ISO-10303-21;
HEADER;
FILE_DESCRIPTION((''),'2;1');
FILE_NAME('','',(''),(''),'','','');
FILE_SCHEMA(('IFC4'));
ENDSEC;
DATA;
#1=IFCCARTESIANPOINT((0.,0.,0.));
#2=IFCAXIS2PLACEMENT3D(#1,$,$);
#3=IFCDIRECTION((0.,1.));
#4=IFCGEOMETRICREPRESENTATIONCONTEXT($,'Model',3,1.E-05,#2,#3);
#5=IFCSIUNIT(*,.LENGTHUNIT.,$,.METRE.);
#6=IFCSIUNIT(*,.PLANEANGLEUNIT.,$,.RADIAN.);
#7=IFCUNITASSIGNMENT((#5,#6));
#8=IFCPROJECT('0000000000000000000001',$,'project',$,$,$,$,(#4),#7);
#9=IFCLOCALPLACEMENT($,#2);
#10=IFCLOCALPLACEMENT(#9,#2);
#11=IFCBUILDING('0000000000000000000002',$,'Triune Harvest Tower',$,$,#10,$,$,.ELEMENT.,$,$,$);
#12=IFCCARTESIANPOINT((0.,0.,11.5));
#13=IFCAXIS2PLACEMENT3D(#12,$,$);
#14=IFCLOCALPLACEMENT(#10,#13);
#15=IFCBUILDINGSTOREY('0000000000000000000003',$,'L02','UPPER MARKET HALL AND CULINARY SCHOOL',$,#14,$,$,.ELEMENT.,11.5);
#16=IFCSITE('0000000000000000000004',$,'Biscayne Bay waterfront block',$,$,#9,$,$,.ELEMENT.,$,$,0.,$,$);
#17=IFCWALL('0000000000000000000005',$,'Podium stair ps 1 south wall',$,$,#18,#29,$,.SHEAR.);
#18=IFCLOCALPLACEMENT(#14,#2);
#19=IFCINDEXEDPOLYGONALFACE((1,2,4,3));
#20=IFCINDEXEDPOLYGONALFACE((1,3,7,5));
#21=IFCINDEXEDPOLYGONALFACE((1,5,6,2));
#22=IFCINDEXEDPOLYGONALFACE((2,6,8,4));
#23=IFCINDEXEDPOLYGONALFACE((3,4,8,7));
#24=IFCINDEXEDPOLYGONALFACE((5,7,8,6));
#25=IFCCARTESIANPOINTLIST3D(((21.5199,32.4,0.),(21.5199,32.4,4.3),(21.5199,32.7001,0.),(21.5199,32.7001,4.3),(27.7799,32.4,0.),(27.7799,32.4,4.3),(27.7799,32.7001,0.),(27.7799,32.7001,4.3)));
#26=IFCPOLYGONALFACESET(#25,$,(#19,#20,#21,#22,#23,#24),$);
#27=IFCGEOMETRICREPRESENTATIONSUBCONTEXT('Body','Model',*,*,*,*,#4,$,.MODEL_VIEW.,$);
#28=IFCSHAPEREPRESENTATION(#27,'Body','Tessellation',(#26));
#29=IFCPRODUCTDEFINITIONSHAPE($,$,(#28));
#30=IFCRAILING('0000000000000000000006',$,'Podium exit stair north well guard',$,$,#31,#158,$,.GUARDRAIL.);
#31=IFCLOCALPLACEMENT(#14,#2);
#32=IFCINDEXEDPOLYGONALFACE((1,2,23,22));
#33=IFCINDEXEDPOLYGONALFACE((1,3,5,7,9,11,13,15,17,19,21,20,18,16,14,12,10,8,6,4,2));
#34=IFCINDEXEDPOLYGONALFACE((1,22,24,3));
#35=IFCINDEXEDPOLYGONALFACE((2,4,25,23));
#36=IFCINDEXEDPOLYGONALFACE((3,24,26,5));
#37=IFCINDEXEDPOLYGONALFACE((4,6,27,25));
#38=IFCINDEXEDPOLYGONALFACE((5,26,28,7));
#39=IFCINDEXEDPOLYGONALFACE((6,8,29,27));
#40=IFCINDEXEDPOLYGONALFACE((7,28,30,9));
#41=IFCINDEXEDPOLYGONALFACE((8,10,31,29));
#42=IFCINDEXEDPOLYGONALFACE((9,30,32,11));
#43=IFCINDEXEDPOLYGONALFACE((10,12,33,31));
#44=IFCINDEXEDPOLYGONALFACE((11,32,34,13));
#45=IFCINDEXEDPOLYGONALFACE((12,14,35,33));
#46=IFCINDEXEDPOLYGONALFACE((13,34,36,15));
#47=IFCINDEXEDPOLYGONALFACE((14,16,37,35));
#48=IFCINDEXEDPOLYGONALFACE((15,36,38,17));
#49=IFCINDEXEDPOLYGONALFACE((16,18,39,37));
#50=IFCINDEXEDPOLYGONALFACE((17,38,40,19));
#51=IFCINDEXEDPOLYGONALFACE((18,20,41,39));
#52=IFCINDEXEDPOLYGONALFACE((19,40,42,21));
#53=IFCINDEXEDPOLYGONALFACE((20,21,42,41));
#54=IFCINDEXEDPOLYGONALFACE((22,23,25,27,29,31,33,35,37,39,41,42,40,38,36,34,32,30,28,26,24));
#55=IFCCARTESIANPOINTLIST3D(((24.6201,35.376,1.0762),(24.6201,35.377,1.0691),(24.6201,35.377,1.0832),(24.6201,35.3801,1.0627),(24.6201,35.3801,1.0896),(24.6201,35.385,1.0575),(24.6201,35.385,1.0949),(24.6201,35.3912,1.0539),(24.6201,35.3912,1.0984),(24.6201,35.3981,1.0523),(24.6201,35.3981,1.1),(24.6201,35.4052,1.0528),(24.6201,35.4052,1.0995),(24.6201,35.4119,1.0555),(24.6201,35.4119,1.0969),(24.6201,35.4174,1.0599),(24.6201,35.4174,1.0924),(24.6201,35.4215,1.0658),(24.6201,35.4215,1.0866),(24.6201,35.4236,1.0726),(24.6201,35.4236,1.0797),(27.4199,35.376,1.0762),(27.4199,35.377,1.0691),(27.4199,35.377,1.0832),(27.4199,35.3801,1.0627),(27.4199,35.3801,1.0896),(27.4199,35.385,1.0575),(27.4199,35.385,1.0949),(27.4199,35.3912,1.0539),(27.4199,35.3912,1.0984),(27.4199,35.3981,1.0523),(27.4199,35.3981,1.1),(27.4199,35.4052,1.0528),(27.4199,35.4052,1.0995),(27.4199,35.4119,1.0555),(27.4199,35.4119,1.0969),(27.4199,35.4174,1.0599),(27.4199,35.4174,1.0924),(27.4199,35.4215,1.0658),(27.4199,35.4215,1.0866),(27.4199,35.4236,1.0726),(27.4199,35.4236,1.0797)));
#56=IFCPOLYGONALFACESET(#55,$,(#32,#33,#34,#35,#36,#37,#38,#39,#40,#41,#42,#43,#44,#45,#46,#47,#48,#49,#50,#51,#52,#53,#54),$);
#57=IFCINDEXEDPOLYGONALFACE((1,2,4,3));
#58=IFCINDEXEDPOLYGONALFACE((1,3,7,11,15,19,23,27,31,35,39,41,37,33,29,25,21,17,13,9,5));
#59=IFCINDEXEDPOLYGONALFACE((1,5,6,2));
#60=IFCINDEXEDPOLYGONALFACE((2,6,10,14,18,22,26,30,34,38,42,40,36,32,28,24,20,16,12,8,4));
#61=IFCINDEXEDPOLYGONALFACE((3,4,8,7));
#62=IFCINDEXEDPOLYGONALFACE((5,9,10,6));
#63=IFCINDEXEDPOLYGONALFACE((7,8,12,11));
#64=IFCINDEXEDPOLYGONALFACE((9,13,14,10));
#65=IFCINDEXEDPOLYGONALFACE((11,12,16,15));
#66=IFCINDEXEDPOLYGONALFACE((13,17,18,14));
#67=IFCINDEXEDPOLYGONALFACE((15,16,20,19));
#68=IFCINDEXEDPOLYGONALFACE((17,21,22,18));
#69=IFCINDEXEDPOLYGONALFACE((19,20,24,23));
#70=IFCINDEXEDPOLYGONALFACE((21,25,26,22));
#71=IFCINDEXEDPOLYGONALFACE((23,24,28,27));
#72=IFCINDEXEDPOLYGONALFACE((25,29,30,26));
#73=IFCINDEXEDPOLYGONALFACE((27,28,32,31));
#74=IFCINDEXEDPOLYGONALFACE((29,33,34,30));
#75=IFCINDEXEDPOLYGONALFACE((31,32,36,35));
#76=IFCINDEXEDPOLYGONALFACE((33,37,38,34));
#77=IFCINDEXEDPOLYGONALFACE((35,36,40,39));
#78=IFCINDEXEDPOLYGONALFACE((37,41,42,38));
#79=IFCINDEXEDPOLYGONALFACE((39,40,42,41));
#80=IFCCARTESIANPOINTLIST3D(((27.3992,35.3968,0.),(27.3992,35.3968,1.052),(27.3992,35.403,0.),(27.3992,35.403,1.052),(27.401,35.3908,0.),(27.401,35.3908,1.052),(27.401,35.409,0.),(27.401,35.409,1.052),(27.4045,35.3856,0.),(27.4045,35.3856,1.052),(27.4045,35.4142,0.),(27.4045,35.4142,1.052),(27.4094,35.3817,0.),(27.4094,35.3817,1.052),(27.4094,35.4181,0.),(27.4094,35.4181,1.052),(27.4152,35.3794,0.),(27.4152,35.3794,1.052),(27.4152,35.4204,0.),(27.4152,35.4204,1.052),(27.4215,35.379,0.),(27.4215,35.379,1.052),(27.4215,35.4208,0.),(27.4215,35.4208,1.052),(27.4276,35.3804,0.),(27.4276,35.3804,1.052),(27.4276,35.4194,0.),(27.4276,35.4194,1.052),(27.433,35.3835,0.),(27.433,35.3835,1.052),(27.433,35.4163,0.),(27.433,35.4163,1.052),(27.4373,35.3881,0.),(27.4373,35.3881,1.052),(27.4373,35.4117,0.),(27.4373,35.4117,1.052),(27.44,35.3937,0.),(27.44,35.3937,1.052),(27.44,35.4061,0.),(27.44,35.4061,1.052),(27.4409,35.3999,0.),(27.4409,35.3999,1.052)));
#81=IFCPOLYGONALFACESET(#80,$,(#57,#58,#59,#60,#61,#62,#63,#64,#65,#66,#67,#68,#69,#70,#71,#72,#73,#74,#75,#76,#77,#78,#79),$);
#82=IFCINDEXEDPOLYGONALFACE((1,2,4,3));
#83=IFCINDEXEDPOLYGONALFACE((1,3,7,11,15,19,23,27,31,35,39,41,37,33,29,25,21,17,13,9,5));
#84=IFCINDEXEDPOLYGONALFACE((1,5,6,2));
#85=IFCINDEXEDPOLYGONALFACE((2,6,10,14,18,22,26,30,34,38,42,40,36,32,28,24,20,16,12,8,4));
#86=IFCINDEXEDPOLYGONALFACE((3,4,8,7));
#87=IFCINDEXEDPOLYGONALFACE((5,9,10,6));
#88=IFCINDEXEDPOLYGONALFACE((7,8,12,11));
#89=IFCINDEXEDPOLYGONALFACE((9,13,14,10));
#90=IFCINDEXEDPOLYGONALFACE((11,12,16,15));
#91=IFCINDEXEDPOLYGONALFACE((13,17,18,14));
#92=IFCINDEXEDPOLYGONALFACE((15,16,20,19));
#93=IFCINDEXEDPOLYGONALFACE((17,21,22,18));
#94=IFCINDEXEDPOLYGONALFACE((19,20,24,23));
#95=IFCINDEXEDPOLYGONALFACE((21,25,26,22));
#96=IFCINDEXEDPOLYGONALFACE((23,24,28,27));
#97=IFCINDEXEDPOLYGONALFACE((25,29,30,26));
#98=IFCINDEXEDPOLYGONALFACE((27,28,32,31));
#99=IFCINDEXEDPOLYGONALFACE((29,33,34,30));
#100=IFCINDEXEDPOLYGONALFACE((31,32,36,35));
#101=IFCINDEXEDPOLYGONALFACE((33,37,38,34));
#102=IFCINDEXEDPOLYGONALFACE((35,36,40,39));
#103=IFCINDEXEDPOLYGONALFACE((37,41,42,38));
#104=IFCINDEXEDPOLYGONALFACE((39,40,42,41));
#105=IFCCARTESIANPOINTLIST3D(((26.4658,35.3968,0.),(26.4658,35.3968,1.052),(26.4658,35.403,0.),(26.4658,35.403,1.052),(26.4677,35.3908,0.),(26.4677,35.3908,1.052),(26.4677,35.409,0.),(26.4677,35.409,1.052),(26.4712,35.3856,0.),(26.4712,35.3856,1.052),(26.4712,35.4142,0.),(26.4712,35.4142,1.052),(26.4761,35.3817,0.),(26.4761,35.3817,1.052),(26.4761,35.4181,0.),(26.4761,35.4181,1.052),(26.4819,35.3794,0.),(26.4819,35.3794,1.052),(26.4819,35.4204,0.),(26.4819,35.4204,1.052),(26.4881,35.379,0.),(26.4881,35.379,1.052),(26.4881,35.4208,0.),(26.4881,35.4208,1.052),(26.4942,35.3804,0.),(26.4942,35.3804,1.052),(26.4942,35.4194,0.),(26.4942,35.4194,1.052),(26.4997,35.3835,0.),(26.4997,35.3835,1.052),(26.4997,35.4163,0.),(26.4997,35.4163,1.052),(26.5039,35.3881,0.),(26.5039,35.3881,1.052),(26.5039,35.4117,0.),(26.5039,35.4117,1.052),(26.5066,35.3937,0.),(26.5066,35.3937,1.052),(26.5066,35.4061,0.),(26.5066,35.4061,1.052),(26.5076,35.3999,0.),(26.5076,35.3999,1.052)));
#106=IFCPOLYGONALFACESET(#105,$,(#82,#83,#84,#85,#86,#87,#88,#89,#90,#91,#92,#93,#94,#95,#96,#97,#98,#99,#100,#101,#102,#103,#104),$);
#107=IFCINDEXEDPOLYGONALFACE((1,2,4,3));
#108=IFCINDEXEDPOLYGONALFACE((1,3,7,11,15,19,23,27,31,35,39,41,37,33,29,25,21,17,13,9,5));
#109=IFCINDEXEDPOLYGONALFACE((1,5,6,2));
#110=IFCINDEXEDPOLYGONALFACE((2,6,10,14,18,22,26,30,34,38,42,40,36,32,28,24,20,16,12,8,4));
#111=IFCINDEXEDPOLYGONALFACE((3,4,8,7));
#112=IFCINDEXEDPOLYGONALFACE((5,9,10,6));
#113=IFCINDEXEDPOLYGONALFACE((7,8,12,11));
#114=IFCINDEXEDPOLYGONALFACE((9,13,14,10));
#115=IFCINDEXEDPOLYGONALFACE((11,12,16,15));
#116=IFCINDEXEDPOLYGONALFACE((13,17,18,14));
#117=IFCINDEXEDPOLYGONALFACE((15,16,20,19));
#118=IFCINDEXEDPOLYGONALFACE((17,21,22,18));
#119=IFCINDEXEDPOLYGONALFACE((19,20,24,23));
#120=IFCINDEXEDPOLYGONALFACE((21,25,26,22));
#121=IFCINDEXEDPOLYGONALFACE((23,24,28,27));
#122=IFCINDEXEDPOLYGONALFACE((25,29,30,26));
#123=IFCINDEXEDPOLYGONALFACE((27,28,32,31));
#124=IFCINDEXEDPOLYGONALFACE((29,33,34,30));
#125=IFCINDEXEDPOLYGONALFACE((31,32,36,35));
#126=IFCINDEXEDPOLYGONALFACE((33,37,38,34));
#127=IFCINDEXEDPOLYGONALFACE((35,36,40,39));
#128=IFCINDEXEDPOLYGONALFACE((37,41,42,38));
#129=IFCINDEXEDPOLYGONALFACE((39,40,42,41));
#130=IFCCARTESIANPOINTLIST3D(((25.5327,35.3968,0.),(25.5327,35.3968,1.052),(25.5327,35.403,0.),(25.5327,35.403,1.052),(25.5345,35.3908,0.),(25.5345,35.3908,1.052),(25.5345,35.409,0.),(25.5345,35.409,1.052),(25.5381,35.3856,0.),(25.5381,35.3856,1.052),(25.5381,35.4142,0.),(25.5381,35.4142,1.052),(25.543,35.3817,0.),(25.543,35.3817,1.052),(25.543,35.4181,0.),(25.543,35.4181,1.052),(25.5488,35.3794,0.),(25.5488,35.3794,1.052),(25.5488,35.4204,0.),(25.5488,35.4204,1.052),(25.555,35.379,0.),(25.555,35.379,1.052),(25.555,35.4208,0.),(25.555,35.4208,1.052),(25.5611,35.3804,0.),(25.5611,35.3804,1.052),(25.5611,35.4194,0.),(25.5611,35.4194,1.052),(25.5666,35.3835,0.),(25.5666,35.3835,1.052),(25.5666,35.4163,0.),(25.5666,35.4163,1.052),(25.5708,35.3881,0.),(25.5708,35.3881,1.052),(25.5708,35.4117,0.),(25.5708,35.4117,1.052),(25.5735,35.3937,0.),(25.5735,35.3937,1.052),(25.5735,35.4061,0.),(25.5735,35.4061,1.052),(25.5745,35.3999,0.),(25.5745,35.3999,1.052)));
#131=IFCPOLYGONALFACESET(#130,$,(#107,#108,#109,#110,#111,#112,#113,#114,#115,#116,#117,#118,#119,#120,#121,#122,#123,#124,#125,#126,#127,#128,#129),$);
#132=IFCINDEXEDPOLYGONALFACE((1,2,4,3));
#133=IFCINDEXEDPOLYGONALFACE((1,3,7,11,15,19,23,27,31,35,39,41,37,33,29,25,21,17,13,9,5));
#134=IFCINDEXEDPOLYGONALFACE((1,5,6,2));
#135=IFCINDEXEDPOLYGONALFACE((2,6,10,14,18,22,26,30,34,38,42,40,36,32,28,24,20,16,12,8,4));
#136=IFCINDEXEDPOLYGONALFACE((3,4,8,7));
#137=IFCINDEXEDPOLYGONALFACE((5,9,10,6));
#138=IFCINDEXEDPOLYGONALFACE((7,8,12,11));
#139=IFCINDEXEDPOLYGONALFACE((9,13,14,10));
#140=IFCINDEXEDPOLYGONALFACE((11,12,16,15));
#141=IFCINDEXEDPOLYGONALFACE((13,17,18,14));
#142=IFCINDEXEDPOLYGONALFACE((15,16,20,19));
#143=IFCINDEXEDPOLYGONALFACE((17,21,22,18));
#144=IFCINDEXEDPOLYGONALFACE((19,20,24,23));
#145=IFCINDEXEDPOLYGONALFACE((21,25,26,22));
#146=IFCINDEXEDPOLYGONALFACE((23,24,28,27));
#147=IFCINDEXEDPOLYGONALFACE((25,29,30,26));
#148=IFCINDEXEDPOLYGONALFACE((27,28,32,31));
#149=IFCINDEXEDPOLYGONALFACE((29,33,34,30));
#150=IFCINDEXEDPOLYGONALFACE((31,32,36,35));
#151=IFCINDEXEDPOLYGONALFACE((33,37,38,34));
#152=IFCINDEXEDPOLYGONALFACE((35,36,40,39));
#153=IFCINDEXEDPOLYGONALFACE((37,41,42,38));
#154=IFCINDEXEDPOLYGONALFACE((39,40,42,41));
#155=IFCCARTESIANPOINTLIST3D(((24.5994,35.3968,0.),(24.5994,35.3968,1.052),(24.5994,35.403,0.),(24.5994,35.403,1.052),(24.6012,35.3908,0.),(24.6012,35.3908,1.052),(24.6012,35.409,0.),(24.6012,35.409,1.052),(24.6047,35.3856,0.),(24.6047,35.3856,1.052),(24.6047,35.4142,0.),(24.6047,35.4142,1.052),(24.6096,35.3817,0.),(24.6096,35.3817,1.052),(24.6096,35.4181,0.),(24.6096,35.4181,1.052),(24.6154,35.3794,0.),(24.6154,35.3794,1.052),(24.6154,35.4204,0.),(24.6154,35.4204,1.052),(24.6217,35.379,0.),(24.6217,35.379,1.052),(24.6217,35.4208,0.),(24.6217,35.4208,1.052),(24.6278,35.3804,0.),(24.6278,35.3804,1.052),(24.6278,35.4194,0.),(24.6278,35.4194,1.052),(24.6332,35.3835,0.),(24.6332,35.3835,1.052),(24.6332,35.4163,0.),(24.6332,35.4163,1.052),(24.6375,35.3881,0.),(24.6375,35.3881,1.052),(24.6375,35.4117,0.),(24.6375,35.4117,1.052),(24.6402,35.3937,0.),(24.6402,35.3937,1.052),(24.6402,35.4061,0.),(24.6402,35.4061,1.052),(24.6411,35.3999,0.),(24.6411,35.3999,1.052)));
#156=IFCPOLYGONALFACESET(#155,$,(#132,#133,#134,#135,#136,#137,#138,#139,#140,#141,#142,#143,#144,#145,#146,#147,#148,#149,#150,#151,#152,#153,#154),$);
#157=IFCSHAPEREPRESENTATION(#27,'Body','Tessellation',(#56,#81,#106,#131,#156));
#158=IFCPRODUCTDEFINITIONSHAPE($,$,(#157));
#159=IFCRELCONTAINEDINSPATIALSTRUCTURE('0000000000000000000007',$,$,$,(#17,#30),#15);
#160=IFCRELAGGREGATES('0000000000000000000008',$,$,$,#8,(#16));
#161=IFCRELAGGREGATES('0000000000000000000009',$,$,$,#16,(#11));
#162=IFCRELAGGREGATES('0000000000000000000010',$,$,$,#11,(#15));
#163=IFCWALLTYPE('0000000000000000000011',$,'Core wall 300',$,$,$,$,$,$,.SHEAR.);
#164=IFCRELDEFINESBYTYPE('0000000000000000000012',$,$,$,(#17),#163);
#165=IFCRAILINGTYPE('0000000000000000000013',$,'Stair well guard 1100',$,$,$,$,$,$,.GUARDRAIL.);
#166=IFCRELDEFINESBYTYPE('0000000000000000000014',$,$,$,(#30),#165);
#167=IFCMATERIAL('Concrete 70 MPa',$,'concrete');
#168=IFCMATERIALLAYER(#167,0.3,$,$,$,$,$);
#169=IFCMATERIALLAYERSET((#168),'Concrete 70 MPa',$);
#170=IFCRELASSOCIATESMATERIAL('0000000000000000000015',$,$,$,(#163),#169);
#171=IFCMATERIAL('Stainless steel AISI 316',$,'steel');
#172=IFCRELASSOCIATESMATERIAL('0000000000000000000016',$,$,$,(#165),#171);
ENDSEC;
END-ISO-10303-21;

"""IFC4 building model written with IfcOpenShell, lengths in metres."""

from ifc_helpers import new_model, si_unit, direction, frame, frame_2d, origin, origin_2d, place, context, subcontext, project, spatial, rectangle, circle, extrude, source, transform, mapped, material, layer, layer_set, type_object, element, save


model = new_model("IFC4")

# Units and contexts
model_context = context("Model", 3, precision=1e-05, world=origin(), true_north=direction((0.0, 1.0)))
body_context = subcontext(model_context, "Body", "Model", "MODEL_VIEW")
ifc_project = project(units=[si_unit("LENGTHUNIT", "METRE"), si_unit("PLANEANGLEUNIT", "RADIAN")], contexts=[model_context])

# Site, building, storey
site_placement = place(None, origin())
site = spatial("IfcSite", under=ifc_project, at=site_placement, Name="Biscayne Bay waterfront block", CompositionType="ELEMENT", RefElevation=0.0)
building_placement = place(site_placement, origin())
building = spatial("IfcBuilding", under=site, at=building_placement, Name="Triune Harvest Tower", CompositionType="ELEMENT")
storey_placement = place(building_placement, frame((0.0, 0.0, 11.5)))
storey = spatial("IfcBuildingStorey", under=building, at=storey_placement, Name="L02", Description="UPPER MARKET HALL AND CULINARY SCHOOL", CompositionType="ELEMENT", Elevation=11.5)

# Shared definitions
ifc_material_1 = material(Name="Concrete 70 MPa", Category="concrete")
ifc_layer_1 = layer(ifc_material_1, 0.3)
ifc_layer_set_1 = layer_set([ifc_layer_1], Name="Concrete 70 MPa")
wall_type_1 = type_object("IfcWallType", Name="Core wall 300", PredefinedType="SHEAR", material=ifc_layer_set_1)

# Wall
shared_shape_1 = source(origin(), body_context, "Body", "SweptSolid", [
    extrude(rectangle(XDim=6.26, YDim=0.3, at=frame_2d((3.1299, 0.0))), origin(), (0.0, 0.0, 1.0), 4.3),
])
wall_1_placement = place(storey_placement, frame((21.52, 32.55, 0.0), z_axis=(0.0, 0.0, 1.0), x_axis=(1.0, 0.0, 0.0)))
element("IfcWall", 1, at=wall_1_placement, inside=storey, type_object=wall_type_1, Name="Podium stair ps 1 south wall", PredefinedType="SHEAR", context=body_context, shape_type="MappedRepresentation", body=[
    mapped(shared_shape_1, transform((0.0, 0.0, 0.0), scale=1.0)),
])

# Railing
ifc_material_2 = material(Name="Stainless steel AISI 316", Category="steel")
railing_type = type_object("IfcRailingType", Name="Stair well guard 1100", PredefinedType="GUARDRAIL", material=ifc_material_2)
railing_placement = place(storey_placement, frame((27.4199, 35.3999, 0.0)))
element("IfcRailing", 2, at=railing_placement, inside=storey, type_object=railing_type, Name="Podium exit stair north well guard", PredefinedType="GUARDRAIL", context=body_context, shape_type="SweptSolid", body=[
    extrude(circle(Radius=0.0239, at=origin_2d()), frame((0.0, 0.0, 1.0762), z_axis=(-1.0, 0.0, 0.0), x_axis=(0.0, -1.0, 0.0)), (0.0, 0.0, 1.0), 2.7998),
    extrude(circle(Radius=0.021, at=origin_2d()), origin(), (0.0, 0.0, 1.0), 1.052),
    extrude(circle(Radius=0.021, at=origin_2d()), frame((-0.9333, 0.0, 0.0)), (0.0, 0.0, 1.0), 1.052),
    extrude(circle(Radius=0.021, at=origin_2d()), frame((-1.8665, 0.0, 0.0)), (0.0, 0.0, 1.0), 1.052),
    extrude(circle(Radius=0.021, at=origin_2d()), frame((-2.7998, 0.0, 0.0)), (0.0, 0.0, 1.0), 1.052),
])

save(model, "model.ifc")
